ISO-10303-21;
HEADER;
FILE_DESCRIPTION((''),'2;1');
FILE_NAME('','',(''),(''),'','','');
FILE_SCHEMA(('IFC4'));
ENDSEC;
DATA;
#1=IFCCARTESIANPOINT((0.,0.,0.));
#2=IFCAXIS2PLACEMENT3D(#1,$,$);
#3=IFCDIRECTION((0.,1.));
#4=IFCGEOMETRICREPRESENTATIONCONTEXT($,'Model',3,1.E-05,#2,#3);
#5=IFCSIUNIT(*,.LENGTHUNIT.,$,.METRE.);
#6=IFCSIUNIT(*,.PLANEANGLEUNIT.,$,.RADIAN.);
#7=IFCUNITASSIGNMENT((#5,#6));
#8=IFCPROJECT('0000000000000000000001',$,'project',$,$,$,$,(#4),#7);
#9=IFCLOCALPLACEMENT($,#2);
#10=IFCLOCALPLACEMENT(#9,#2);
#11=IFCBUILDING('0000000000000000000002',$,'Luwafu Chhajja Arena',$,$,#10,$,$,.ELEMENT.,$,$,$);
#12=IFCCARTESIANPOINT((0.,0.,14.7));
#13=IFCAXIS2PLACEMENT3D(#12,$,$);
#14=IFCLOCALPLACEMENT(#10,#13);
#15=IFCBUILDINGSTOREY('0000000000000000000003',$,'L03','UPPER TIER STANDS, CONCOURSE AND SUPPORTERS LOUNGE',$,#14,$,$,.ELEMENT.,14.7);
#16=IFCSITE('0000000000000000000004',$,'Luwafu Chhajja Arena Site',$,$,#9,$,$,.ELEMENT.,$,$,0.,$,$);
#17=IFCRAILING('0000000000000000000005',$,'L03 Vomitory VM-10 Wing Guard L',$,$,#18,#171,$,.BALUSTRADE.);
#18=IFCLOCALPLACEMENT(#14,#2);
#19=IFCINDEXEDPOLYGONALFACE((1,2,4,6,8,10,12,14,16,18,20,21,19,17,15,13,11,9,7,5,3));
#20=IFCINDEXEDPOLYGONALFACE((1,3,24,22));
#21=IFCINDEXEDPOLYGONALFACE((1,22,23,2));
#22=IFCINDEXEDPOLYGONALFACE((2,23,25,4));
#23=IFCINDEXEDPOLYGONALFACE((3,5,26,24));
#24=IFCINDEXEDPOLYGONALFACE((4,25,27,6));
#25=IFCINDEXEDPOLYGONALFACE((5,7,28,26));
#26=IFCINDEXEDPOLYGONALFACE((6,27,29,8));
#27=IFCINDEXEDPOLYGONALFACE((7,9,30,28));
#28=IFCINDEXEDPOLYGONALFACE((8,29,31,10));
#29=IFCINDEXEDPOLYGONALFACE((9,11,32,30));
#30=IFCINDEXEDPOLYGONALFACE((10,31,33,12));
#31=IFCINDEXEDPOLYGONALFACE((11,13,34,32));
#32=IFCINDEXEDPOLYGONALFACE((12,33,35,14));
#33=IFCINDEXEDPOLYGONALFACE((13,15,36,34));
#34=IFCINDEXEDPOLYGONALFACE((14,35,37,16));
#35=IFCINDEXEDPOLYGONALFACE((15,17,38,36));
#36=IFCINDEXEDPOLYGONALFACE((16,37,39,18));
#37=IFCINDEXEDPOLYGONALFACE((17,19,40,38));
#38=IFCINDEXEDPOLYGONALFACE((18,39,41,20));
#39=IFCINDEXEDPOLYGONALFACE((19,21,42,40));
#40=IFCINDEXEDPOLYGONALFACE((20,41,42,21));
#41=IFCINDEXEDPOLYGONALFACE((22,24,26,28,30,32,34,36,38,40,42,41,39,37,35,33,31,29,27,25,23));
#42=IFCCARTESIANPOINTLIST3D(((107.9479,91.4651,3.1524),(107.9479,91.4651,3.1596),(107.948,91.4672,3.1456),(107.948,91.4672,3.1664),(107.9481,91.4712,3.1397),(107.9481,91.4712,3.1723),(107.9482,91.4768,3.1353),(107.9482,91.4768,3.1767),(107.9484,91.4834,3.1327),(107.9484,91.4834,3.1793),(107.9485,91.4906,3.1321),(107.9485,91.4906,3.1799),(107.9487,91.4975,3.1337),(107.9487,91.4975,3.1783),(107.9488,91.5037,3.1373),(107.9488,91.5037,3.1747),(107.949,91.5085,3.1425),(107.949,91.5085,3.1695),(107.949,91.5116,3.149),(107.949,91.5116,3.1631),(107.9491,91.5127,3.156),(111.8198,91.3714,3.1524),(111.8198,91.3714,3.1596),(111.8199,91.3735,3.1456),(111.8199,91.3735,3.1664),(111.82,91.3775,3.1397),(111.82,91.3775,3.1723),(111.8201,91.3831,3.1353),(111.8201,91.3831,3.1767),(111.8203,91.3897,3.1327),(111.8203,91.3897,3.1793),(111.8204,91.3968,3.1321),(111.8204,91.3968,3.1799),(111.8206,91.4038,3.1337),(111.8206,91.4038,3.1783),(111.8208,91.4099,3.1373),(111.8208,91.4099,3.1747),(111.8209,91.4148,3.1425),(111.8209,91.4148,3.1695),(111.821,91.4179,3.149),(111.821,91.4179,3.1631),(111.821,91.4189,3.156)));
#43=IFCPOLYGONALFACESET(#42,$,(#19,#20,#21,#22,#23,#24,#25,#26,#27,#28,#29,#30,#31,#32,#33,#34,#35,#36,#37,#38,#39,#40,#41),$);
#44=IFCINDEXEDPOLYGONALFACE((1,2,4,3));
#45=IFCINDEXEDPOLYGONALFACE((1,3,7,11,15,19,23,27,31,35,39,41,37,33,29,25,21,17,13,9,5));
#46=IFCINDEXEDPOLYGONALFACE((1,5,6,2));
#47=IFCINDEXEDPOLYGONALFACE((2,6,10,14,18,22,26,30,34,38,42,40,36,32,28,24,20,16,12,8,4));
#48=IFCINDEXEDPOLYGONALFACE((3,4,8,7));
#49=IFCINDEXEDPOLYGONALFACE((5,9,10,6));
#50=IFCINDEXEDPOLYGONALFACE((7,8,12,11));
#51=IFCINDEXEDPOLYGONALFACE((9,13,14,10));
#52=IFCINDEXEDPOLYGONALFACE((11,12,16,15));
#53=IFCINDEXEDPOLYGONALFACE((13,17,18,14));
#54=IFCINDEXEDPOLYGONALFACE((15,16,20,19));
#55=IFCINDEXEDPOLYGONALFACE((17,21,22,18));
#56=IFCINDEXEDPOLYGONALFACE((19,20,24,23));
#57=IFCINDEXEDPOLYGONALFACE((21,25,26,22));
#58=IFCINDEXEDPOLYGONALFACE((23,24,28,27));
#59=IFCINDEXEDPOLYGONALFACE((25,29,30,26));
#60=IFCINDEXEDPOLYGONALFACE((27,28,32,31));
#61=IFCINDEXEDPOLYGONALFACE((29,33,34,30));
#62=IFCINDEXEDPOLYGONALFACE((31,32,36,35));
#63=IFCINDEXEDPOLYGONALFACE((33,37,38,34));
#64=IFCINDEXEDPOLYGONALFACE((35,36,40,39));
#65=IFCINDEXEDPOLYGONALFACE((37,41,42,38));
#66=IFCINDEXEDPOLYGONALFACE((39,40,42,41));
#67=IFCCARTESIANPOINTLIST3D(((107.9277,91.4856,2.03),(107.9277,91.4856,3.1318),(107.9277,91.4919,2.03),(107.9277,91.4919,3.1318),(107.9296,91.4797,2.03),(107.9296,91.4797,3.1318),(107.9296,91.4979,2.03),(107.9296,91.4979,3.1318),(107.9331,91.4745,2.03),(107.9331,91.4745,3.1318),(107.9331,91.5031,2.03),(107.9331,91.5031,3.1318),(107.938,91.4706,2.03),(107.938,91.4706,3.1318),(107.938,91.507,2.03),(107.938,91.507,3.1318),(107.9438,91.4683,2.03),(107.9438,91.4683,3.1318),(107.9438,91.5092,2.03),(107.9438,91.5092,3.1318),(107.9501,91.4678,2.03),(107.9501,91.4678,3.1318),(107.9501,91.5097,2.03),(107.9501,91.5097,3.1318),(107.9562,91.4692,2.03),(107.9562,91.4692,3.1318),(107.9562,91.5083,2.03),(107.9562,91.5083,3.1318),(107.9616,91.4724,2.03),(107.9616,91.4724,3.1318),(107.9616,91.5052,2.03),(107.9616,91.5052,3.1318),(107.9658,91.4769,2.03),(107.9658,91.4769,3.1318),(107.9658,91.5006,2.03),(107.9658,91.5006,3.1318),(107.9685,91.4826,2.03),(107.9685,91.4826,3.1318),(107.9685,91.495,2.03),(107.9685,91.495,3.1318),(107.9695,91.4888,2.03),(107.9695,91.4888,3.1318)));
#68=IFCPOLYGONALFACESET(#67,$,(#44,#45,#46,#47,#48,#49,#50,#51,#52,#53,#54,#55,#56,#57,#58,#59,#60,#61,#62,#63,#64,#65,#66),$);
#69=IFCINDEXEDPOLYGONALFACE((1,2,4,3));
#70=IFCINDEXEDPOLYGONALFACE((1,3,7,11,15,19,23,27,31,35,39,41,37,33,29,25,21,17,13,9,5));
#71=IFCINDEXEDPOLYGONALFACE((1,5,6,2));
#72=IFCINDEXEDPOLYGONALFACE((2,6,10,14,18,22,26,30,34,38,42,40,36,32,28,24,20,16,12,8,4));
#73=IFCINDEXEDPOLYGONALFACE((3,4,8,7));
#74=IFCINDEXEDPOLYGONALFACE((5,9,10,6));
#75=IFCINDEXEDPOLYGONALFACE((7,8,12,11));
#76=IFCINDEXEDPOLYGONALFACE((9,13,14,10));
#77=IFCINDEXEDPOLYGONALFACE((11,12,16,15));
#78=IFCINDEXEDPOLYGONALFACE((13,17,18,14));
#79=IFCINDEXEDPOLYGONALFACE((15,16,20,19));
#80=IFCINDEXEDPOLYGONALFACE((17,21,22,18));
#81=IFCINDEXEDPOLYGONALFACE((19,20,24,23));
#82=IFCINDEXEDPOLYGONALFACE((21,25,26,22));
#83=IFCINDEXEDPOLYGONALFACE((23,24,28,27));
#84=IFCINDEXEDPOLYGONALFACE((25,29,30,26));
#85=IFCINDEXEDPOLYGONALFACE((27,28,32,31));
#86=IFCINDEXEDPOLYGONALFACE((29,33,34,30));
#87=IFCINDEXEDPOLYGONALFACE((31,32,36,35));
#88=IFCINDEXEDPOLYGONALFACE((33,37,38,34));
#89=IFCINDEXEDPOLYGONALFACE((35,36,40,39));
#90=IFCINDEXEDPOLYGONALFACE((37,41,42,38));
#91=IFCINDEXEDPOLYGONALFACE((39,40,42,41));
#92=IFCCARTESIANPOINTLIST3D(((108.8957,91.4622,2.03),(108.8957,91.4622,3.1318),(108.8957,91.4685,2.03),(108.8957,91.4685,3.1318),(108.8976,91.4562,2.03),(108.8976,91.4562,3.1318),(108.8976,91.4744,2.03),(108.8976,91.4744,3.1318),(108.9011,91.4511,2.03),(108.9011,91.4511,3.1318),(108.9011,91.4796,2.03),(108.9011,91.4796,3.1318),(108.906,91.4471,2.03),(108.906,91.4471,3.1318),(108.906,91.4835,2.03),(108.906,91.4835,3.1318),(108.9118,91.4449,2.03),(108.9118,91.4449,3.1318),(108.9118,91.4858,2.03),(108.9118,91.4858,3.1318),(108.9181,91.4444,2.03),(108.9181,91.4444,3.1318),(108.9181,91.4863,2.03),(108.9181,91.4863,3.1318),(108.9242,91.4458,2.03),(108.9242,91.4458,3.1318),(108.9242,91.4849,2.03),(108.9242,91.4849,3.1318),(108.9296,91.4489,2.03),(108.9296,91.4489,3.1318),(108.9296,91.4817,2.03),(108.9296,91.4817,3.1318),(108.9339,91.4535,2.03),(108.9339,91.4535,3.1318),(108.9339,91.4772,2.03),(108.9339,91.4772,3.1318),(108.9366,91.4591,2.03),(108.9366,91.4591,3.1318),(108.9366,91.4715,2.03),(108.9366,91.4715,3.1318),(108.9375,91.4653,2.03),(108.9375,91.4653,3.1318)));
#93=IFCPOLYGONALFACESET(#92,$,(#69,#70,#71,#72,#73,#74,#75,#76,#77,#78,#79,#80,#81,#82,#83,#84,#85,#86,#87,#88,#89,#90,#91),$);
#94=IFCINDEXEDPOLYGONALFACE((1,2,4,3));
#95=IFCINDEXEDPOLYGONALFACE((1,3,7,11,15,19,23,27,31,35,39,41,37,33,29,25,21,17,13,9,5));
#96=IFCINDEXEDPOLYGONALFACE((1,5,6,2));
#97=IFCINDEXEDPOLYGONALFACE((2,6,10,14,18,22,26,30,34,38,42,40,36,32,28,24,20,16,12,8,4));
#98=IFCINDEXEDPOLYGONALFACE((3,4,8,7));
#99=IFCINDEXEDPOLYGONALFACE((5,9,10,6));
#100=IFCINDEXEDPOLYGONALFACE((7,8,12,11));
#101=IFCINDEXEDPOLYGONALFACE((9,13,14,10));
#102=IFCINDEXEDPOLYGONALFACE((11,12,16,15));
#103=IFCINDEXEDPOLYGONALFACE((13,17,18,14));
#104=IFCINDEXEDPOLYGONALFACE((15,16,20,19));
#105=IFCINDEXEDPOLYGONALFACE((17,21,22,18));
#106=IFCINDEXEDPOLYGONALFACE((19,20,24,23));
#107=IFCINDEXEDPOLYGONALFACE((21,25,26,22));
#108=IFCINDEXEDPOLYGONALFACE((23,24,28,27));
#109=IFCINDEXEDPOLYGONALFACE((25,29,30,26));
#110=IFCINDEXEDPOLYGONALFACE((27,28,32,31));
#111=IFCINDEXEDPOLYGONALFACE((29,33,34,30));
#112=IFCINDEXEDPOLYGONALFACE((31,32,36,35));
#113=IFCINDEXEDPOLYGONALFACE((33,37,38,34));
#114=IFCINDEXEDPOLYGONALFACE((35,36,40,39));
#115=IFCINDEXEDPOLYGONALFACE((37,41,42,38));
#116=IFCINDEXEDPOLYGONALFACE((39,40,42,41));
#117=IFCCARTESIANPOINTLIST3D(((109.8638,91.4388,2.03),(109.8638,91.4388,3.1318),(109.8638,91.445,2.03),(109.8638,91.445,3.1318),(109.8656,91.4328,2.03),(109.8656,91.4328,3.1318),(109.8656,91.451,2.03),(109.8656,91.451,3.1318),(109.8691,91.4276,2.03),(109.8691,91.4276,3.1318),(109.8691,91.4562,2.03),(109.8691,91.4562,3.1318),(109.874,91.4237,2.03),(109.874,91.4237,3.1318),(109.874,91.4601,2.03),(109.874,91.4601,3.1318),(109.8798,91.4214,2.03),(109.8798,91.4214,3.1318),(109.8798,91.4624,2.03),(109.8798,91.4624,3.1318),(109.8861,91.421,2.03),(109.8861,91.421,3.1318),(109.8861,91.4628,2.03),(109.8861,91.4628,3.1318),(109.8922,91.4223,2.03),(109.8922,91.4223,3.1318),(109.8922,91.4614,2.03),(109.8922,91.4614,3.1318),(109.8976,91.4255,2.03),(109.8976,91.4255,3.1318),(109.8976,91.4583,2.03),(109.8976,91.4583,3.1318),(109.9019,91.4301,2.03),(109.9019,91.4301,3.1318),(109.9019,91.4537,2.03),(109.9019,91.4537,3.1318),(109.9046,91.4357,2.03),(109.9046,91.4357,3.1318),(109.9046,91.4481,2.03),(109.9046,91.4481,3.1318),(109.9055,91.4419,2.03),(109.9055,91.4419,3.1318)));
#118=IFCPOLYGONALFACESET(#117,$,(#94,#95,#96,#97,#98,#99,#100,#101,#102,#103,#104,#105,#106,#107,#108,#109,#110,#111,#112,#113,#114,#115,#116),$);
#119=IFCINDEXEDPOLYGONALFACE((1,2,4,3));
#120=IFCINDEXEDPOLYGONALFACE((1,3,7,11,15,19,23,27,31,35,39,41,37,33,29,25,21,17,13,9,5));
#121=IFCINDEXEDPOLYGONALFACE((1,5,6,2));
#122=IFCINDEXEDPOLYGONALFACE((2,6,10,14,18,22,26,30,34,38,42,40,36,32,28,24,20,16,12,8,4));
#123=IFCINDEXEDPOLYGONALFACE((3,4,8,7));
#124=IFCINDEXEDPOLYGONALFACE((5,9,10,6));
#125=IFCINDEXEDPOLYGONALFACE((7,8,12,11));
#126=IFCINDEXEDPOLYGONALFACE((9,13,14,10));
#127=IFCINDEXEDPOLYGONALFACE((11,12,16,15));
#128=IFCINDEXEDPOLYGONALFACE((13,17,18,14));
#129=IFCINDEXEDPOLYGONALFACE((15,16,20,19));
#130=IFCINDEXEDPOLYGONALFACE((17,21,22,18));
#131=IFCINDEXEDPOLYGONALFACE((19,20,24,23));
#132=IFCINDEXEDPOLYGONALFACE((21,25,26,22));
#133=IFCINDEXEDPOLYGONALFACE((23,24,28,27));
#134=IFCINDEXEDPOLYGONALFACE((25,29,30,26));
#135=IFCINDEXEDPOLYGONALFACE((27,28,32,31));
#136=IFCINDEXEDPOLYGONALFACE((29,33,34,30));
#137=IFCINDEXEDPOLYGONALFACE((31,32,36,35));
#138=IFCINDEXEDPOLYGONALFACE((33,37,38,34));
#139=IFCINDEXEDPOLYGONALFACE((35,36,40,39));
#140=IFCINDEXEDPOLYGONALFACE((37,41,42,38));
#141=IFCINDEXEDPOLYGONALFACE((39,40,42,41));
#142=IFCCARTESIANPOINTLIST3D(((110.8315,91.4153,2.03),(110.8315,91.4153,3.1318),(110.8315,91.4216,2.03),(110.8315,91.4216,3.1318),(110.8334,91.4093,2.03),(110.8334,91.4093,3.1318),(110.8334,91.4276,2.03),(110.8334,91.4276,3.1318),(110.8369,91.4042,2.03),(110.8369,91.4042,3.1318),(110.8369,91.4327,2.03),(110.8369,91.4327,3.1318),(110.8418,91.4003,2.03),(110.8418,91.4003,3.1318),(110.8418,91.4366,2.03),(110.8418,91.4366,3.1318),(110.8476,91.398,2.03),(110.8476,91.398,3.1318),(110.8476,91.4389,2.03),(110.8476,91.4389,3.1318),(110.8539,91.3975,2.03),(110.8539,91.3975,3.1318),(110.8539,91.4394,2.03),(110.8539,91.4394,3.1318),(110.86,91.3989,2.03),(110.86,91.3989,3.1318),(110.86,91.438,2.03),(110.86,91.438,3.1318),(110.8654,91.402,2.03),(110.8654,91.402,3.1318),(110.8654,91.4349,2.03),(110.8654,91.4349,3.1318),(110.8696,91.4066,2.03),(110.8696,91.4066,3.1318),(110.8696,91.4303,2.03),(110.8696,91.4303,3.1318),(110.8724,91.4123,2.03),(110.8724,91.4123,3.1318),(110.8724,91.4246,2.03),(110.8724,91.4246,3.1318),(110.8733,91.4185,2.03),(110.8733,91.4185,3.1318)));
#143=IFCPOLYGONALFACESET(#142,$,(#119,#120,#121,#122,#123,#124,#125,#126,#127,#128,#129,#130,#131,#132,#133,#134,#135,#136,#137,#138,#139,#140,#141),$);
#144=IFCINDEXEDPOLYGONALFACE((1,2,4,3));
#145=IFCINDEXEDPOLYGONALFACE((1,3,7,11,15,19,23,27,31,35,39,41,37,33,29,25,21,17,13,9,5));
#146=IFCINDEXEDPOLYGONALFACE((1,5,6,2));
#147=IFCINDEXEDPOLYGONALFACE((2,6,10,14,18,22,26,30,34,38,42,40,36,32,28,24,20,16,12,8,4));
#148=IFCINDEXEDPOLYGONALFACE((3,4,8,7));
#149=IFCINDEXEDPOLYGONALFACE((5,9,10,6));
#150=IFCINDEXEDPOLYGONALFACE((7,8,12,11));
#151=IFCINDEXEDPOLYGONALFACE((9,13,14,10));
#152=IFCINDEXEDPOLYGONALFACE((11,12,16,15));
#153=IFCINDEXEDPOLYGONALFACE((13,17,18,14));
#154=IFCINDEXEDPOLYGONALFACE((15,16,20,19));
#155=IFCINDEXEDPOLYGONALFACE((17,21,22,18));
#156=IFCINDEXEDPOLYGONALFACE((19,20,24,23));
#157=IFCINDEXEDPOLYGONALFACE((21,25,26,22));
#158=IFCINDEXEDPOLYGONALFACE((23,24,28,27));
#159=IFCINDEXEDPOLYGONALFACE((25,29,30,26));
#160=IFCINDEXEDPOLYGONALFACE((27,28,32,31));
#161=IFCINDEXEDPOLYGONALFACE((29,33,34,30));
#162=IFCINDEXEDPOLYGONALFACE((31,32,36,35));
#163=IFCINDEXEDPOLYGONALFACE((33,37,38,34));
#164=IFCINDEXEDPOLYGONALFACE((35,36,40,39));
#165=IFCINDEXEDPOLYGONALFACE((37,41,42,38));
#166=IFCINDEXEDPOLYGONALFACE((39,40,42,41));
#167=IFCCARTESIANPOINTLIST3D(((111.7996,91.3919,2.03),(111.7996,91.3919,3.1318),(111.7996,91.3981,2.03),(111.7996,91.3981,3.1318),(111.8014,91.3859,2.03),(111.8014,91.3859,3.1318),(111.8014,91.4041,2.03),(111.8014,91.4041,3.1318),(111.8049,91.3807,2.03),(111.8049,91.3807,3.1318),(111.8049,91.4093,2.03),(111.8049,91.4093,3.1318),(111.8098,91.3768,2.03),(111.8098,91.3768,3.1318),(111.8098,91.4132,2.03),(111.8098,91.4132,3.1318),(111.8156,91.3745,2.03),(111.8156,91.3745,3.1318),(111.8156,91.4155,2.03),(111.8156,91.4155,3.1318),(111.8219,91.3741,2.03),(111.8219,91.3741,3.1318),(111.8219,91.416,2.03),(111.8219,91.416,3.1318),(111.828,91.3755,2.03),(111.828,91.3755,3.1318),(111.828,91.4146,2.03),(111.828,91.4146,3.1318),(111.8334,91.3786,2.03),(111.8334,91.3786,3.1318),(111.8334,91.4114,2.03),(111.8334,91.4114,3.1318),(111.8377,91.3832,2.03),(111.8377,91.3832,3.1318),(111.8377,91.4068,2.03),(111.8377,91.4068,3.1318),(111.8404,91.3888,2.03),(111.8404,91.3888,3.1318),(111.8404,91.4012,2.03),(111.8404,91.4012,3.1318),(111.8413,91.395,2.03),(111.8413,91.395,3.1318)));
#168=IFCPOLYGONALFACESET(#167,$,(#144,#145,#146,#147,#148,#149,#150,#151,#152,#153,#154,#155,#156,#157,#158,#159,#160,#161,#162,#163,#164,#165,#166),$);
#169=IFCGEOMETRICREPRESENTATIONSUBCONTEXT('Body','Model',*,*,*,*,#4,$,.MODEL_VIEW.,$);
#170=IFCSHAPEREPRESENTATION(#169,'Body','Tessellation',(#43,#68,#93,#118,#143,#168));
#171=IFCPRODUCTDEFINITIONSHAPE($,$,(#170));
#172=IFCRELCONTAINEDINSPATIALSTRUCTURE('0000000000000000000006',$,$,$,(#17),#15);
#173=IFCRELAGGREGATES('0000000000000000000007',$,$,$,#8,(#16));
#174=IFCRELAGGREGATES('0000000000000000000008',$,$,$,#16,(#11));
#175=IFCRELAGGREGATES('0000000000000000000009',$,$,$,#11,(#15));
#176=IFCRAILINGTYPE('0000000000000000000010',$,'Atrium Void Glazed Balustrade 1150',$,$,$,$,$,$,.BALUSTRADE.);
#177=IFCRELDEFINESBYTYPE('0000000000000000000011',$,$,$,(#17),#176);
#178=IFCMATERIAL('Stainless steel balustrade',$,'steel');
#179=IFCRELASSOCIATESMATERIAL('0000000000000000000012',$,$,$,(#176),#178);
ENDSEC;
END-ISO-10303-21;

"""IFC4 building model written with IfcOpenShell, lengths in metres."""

from ifc_helpers import new_model, si_unit, direction, frame, origin, origin_2d, place, context, subcontext, project, spatial, circle, extrude, material, type_object, element, save


model = new_model("IFC4")

# Units and contexts
model_context = context("Model", 3, precision=1e-05, world=origin(), true_north=direction((0.0, 1.0)))
body_context = subcontext(model_context, "Body", "Model", "MODEL_VIEW")
ifc_project = project(units=[si_unit("LENGTHUNIT", "METRE"), si_unit("PLANEANGLEUNIT", "RADIAN")], contexts=[model_context])

# Site, building, storey
site_placement = place(None, origin())
site = spatial("IfcSite", under=ifc_project, at=site_placement, Name="Luwafu Chhajja Arena Site", CompositionType="ELEMENT", RefElevation=0.0)
building_placement = place(site_placement, origin())
building = spatial("IfcBuilding", under=site, at=building_placement, Name="Luwafu Chhajja Arena", CompositionType="ELEMENT")
storey_placement = place(building_placement, frame((0.0, 0.0, 14.7)))
storey = spatial("IfcBuildingStorey", under=building, at=storey_placement, Name="L03", Description="UPPER TIER STANDS, CONCOURSE AND SUPPORTERS LOUNGE", CompositionType="ELEMENT", Elevation=14.7)

# Railing
ifc_material_1 = material(Name="Stainless steel balustrade", Category="steel")
railing_type_1 = type_object("IfcRailingType", Name="Atrium Void Glazed Balustrade 1150", PredefinedType="BALUSTRADE", material=ifc_material_1)
for number, where, name in (
    (1, (107.9485, 91.4888, 2.03), "L03 Vomitory VM-10 Wing Guard L"),
):
    element("IfcRailing", number, at=place(storey_placement, frame(where)), inside=storey, type_object=railing_type_1, Name=name, PredefinedType="BALUSTRADE", context=body_context, shape_type="SweptSolid", body=[
        extrude(circle(Radius=0.0239, at=origin_2d()), frame((0.0, 0.0, 1.126), z_axis=(0.999707, -0.024206, 0.0), x_axis=(0.024206, 0.999707, 0.0)), (0.0, 0.0, 1.0), 3.873),
        extrude(circle(Radius=0.021, at=origin_2d()), origin(), (0.0, 0.0, 1.0), 1.1018),
        extrude(circle(Radius=0.021, at=origin_2d()), frame((0.968, -0.0234, 0.0)), (0.0, 0.0, 1.0), 1.1018),
        extrude(circle(Radius=0.021, at=origin_2d()), frame((1.936, -0.0469, 0.0)), (0.0, 0.0, 1.0), 1.1018),
        extrude(circle(Radius=0.021, at=origin_2d()), frame((2.9038, -0.0703, 0.0)), (0.0, 0.0, 1.0), 1.1018),
        extrude(circle(Radius=0.021, at=origin_2d()), frame((3.8718, -0.0938, 0.0)), (0.0, 0.0, 1.0), 1.1018),
    ])

save(model, "model.ifc")
